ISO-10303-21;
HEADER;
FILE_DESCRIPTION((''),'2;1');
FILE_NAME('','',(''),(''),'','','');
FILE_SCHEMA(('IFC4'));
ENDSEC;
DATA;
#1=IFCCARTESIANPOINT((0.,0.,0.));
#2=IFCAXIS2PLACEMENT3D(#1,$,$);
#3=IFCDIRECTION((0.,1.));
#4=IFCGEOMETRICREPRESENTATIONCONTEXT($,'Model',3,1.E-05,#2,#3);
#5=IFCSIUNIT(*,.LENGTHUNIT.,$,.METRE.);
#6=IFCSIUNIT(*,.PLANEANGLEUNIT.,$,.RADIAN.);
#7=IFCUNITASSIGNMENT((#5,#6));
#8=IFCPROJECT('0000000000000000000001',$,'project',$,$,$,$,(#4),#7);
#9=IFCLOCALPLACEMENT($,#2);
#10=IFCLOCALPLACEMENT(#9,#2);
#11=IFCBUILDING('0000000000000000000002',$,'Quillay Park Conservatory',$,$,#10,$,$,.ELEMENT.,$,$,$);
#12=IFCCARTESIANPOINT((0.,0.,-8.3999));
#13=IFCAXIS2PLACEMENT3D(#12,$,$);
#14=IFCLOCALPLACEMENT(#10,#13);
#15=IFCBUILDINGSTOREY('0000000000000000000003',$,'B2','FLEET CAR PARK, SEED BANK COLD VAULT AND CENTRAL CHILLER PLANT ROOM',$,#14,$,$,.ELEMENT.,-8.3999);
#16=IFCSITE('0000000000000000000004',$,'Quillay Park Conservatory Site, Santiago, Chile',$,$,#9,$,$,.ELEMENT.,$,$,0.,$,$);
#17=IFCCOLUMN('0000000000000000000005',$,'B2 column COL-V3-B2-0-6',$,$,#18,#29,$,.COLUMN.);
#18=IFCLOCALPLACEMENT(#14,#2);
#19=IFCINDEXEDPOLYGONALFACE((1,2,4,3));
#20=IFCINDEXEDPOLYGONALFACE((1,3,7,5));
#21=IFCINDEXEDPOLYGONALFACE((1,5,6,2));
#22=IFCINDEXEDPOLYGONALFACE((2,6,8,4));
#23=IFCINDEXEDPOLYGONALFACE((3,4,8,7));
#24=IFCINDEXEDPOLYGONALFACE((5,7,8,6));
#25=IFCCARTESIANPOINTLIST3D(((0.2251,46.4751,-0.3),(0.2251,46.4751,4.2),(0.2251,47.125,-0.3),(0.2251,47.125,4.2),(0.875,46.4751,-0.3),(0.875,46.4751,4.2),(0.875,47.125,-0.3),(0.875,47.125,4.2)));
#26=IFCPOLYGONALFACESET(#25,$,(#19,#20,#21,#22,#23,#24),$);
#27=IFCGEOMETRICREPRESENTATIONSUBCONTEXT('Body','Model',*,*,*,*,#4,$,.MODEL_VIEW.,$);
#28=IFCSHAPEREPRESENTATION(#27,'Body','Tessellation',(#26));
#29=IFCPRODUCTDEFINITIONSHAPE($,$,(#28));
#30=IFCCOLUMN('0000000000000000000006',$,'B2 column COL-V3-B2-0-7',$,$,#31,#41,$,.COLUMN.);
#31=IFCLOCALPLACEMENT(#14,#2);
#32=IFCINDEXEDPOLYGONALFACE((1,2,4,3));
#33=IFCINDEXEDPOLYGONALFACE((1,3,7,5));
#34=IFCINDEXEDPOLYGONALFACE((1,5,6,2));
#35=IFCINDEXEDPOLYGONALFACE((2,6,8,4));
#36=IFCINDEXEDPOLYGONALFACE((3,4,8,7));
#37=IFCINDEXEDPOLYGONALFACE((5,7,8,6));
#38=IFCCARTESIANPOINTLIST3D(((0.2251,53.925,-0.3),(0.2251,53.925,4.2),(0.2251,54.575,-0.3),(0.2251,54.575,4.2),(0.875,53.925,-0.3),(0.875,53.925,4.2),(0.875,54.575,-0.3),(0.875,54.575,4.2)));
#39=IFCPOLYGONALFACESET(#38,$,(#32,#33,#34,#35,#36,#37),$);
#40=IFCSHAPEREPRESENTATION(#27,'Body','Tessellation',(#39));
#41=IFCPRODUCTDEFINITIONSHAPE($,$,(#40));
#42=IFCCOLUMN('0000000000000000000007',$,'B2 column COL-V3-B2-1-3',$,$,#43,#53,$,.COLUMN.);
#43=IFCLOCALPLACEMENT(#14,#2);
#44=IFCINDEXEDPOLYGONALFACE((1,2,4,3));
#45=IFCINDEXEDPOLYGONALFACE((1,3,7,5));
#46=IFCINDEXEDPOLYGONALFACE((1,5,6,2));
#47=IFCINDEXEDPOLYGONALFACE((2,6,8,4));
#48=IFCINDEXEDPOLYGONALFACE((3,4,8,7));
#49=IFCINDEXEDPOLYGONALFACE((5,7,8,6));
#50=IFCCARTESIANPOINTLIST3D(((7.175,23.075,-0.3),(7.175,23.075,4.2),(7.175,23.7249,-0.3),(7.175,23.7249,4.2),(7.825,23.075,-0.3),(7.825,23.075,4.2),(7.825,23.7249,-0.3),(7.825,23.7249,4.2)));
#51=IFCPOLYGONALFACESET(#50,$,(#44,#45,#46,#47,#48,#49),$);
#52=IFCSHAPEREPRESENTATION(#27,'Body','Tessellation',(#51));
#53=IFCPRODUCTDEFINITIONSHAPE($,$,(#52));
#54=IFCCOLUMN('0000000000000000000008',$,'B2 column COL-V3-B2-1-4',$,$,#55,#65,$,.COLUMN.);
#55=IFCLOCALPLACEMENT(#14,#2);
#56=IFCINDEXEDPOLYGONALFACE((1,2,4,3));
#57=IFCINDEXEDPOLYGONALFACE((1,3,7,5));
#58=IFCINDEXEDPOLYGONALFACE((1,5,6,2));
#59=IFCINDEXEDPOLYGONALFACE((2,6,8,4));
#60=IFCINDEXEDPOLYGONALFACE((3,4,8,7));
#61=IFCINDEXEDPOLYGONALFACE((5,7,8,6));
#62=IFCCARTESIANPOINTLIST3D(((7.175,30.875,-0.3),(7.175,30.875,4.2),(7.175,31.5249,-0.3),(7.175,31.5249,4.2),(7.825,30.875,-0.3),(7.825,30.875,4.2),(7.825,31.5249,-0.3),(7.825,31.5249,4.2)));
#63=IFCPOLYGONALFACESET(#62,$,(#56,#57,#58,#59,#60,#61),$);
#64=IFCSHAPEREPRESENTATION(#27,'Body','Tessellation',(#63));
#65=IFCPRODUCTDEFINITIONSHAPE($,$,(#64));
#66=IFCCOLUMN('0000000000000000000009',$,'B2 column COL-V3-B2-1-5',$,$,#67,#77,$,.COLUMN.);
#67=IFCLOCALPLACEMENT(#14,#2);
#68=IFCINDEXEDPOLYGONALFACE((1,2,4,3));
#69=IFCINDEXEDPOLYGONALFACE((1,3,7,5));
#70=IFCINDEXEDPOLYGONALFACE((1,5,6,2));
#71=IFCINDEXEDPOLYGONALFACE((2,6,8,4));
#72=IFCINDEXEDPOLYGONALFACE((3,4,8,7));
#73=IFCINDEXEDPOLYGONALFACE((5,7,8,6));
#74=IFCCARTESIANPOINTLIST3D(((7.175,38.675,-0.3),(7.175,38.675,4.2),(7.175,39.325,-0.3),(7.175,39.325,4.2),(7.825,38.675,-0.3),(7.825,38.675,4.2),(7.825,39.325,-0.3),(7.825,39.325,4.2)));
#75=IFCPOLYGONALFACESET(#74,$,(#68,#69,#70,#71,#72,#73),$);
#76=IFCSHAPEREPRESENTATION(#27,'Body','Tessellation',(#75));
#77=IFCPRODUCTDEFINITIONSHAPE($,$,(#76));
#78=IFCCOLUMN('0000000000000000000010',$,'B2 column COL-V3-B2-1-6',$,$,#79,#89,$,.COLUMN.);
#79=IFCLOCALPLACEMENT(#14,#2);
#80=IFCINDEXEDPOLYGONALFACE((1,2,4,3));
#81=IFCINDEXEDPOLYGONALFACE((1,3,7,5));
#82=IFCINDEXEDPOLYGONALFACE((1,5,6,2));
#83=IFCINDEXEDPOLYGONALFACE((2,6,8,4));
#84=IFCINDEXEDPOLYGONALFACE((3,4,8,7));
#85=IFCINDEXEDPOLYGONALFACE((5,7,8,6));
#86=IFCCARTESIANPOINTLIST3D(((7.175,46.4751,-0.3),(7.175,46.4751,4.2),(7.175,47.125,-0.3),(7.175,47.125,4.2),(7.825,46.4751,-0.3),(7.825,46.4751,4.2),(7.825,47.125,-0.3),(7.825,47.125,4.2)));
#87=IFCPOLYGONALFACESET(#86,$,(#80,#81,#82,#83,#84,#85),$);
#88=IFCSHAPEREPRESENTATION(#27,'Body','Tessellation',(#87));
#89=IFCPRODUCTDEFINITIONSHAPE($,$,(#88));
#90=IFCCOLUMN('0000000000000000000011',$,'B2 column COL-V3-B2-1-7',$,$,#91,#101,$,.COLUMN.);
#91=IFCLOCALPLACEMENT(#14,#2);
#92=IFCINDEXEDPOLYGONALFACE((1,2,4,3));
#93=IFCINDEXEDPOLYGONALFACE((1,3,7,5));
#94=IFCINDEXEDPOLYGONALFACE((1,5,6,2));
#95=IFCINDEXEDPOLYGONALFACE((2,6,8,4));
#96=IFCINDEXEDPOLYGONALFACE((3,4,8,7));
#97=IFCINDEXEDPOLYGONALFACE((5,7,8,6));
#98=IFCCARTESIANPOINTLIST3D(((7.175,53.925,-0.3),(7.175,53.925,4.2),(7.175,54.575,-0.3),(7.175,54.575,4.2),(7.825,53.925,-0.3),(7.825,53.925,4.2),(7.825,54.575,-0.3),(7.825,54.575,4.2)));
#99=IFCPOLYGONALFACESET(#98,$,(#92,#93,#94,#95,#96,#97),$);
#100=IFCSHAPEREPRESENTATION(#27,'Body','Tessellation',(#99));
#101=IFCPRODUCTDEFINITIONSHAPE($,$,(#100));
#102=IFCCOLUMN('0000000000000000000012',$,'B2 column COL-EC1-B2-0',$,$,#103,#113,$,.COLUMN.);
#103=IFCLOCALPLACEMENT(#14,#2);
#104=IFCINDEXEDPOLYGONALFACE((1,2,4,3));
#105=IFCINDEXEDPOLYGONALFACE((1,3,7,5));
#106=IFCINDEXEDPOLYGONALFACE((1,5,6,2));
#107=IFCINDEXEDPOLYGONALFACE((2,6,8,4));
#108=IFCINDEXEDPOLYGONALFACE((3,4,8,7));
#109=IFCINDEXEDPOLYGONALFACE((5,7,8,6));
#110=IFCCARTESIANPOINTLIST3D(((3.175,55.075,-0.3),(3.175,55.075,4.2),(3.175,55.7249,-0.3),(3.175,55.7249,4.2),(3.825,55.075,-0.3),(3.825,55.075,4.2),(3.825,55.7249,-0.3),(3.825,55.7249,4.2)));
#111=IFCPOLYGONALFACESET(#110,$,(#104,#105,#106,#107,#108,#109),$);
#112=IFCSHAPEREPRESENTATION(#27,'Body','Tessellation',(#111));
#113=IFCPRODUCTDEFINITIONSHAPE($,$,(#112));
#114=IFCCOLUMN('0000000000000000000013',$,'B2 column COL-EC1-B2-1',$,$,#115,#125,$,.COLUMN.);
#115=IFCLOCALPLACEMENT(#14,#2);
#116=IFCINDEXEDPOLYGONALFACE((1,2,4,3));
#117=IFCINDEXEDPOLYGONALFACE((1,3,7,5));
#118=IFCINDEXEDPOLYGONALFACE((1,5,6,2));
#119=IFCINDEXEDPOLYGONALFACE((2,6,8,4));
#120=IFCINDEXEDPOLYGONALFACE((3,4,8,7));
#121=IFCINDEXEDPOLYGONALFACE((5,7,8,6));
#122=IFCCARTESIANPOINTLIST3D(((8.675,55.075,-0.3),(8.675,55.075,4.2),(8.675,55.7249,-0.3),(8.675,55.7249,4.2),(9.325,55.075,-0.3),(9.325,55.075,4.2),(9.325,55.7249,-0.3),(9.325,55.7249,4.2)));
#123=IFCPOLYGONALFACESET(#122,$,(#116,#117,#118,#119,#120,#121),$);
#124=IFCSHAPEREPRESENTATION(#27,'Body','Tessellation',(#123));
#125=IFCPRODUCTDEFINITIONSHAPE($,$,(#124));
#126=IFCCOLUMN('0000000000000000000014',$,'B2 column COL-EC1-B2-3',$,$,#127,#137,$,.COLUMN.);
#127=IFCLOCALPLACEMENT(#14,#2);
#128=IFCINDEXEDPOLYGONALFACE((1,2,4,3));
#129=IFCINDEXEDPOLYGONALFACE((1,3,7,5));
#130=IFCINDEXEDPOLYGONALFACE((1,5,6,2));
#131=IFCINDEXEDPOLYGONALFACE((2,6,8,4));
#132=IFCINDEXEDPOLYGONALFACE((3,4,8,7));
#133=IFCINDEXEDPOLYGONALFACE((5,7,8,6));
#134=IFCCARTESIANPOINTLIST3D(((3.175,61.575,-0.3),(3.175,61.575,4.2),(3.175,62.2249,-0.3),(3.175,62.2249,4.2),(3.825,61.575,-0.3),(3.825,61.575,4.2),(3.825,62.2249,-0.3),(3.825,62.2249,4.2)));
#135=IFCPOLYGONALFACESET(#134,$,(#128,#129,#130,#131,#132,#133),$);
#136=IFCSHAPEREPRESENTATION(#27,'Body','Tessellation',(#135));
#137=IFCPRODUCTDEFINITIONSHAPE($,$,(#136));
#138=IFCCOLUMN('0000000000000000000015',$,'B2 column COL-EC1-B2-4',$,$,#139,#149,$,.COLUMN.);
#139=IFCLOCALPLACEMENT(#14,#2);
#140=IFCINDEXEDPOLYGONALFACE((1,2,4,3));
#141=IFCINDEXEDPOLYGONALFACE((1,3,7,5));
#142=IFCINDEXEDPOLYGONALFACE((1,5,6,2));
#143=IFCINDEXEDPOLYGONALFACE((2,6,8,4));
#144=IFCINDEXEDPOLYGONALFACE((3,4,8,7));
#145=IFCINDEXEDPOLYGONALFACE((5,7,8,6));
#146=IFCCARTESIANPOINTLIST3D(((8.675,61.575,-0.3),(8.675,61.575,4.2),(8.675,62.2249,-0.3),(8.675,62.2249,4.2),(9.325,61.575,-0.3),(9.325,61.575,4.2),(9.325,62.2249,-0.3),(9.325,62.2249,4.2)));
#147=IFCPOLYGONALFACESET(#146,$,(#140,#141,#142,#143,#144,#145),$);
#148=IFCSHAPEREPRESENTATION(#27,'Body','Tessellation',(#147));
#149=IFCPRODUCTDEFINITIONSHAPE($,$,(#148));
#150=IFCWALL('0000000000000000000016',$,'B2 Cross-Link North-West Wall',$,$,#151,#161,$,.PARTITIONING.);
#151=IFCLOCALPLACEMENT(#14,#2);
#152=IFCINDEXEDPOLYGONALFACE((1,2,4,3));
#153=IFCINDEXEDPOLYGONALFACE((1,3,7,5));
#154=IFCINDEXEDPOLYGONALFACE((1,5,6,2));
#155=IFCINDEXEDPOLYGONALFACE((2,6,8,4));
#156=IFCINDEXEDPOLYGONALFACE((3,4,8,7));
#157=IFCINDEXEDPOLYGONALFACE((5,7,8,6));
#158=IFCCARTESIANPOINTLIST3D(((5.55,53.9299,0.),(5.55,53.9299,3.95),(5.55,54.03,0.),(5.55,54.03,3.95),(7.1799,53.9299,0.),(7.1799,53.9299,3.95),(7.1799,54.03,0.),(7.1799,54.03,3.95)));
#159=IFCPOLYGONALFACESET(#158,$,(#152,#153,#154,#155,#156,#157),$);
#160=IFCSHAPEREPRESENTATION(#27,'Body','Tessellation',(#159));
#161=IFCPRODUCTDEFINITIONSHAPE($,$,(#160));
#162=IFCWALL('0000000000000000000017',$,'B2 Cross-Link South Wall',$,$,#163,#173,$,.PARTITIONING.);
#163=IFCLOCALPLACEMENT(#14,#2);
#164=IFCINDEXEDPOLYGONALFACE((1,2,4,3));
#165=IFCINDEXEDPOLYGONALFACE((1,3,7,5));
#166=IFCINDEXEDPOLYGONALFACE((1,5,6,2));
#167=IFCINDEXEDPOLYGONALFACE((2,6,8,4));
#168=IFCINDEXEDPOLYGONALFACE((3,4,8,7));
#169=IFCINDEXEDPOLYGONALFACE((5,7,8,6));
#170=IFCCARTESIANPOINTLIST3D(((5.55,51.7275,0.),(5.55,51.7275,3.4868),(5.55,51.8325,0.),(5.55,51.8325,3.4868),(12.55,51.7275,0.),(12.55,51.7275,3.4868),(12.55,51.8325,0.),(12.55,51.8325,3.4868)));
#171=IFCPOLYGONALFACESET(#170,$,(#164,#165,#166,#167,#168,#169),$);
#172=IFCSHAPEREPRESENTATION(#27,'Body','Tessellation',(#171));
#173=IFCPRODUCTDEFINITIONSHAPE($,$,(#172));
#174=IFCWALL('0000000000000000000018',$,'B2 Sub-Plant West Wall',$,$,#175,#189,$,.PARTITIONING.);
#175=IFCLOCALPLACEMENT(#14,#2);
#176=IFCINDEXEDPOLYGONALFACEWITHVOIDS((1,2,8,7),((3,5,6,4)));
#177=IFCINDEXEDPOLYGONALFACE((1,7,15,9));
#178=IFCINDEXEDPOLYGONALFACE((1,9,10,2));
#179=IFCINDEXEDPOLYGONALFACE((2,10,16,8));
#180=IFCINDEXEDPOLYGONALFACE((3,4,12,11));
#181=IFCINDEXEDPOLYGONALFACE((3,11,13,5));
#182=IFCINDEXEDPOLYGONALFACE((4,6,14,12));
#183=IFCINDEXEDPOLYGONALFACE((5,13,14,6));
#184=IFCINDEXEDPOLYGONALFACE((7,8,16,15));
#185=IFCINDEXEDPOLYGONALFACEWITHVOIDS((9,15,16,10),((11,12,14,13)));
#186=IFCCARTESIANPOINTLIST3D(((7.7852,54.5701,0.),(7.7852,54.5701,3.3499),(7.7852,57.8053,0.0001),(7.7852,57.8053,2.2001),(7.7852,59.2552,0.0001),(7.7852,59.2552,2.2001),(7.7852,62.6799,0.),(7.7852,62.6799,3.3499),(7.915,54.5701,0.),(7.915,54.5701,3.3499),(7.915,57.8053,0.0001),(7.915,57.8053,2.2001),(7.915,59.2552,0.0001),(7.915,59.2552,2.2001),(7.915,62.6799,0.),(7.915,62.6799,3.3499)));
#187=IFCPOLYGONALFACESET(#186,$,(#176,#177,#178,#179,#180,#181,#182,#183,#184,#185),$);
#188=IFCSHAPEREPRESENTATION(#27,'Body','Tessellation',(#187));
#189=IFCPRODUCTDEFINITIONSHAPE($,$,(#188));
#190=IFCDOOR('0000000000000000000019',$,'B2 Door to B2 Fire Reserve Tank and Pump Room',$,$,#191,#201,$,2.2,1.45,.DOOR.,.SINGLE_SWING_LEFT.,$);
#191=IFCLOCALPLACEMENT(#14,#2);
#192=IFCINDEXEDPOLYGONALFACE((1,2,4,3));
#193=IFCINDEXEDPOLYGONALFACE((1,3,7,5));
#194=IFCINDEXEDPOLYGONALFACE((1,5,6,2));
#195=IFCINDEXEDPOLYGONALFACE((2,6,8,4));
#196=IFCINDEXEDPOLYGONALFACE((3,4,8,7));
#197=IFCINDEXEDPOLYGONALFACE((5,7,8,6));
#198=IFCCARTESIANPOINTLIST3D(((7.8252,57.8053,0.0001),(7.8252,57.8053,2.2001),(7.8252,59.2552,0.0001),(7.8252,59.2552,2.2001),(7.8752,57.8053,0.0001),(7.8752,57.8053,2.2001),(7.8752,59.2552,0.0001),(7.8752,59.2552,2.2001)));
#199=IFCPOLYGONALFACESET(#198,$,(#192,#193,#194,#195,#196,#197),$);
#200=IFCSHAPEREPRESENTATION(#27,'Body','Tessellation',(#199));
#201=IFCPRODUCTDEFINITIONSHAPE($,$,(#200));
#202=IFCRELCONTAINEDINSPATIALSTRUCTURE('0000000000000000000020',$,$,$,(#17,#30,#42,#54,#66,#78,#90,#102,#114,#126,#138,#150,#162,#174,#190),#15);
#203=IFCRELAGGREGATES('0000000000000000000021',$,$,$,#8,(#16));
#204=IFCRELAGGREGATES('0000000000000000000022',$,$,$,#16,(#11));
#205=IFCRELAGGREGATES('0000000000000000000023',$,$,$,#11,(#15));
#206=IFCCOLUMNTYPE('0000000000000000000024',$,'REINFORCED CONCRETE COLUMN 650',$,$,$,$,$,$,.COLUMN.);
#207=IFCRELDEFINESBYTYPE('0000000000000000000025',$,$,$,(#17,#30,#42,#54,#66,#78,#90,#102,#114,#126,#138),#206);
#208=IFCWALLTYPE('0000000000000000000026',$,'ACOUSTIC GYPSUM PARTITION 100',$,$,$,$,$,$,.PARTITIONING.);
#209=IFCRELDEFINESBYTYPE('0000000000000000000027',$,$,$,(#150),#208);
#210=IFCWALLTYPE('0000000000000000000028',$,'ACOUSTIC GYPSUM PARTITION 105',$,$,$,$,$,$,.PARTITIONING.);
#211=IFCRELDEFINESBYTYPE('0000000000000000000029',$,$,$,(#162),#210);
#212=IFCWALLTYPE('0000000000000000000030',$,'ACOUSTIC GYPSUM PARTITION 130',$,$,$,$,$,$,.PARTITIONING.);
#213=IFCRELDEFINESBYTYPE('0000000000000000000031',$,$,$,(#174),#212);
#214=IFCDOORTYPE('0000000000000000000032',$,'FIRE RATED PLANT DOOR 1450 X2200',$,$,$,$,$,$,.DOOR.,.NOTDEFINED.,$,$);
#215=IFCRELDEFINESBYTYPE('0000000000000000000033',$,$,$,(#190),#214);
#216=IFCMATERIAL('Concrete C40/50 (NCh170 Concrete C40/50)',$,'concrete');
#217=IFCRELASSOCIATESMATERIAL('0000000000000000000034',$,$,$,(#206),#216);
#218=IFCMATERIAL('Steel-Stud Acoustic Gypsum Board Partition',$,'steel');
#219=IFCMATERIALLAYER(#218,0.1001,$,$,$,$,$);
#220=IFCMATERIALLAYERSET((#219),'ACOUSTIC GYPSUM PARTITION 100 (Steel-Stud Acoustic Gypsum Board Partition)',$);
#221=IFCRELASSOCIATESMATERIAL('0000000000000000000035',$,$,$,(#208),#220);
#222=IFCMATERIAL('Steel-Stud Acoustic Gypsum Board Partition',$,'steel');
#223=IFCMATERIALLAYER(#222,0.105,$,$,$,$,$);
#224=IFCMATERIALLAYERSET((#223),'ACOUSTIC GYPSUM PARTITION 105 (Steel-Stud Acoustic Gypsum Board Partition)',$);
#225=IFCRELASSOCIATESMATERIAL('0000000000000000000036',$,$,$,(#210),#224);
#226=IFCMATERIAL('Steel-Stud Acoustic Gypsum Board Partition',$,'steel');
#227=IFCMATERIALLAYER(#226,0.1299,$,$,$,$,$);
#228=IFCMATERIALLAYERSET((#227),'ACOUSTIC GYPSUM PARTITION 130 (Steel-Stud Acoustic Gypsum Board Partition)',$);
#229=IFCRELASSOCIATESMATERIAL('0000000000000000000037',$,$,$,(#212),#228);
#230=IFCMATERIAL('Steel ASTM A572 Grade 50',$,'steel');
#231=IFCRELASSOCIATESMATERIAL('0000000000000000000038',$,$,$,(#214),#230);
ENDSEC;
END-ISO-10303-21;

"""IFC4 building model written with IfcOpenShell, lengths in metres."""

from ifc_helpers import new_model, si_unit, direction, frame, frame_2d, origin, origin_2d, place, context, subcontext, project, spatial, rectangle, extrude, material, layer, layer_set, material_profile, profile_set, type_object, element, fill, save


model = new_model("IFC4")

# Units and contexts
model_context = context("Model", 3, precision=1e-05, world=origin(), true_north=direction((0.0, 1.0)))
body_context = subcontext(model_context, "Body", "Model", "MODEL_VIEW")
ifc_project = project(units=[si_unit("LENGTHUNIT", "METRE"), si_unit("PLANEANGLEUNIT", "RADIAN")], contexts=[model_context])

# Site, building, storey
site_placement = place(None, origin())
site = spatial("IfcSite", under=ifc_project, at=site_placement, Name="Quillay Park Conservatory Site, Santiago, Chile", CompositionType="ELEMENT", RefElevation=0.0)
building_placement = place(site_placement, origin())
building = spatial("IfcBuilding", under=site, at=building_placement, Name="Quillay Park Conservatory", CompositionType="ELEMENT")
storey_placement = place(building_placement, frame((0.0, 0.0, -8.3999)))
storey = spatial("IfcBuildingStorey", under=building, at=storey_placement, Name="B2", Description="FLEET CAR PARK, SEED BANK COLD VAULT AND CENTRAL CHILLER PLANT ROOM", CompositionType="ELEMENT", Elevation=-8.3999)

# Columns
ifc_material_1 = material(Name="Concrete C40/50 (NCh170 Concrete C40/50)", Category="concrete")
ifc_material_profile_1 = material_profile(ifc_material_1, rectangle(XDim=0.6499, YDim=0.6499, at=origin_2d()), Name="RC650x650")
ifc_profile_set_1 = profile_set([ifc_material_profile_1], Name="Concrete C40/50 (NCh170 Concrete C40/50)")
column_type = type_object("IfcColumnType", Name="REINFORCED CONCRETE COLUMN 650", PredefinedType="COLUMN", material=ifc_profile_set_1)
for number, where, z_axis, x_axis, name in (
    (1, (0.55, 46.8, -0.3), (0.0, 0.0, 1.0), (1.0, 0.0, 0.0), "B2 column COL-V3-B2-0-6"),
    (2, (0.55, 54.25, -0.3), (0.0, 0.0, 1.0), (1.0, 0.0, 0.0), "B2 column COL-V3-B2-0-7"),
    (3, (7.5, 23.3999, -0.3), (0.0, 0.0, 1.0), (1.0, 0.0, 0.0), "B2 column COL-V3-B2-1-3"),
    (4, (7.5, 31.2, -0.3), (0.0, 0.0, 1.0), (1.0, 0.0, 0.0), "B2 column COL-V3-B2-1-4"),
    (5, (7.5, 39.0, -0.3), (0.0, 0.0, 1.0), (1.0, 0.0, 0.0), "B2 column COL-V3-B2-1-5"),
    (6, (7.5, 46.8, -0.3), (0.0, 0.0, 1.0), (1.0, 0.0, 0.0), "B2 column COL-V3-B2-1-6"),
    (7, (7.5, 54.25, -0.3), (0.0, 0.0, 1.0), (1.0, 0.0, 0.0), "B2 column COL-V3-B2-1-7"),
    (8, (3.5, 55.3999, -0.3), (0.0, 0.0, 1.0), (1.0, 0.0, 0.0), "B2 column COL-EC1-B2-0"),
    (9, (9.0, 55.3999, -0.3), (0.0, 0.0, 1.0), (1.0, 0.0, 0.0), "B2 column COL-EC1-B2-1"),
    (10, (3.5, 61.8999, -0.3), (0.0, 0.0, 1.0), (1.0, 0.0, 0.0), "B2 column COL-EC1-B2-3"),
    (11, (9.0, 61.8999, -0.3), (0.0, 0.0, 1.0), (1.0, 0.0, 0.0), "B2 column COL-EC1-B2-4"),
):
    element("IfcColumn", number, at=place(storey_placement, frame(where, z_axis=z_axis, x_axis=x_axis)), inside=storey, type_object=column_type, Name=name, PredefinedType="COLUMN", context=body_context, shape_type="SweptSolid", body=[
        extrude(rectangle(XDim=0.6499, YDim=0.6499, at=origin_2d()), origin(), (0.0, 0.0, 1.0), 4.5),
    ])

# Walls
ifc_material_2 = material(Name="Steel-Stud Acoustic Gypsum Board Partition", Category="steel")
ifc_layer_1 = layer(ifc_material_2, 0.1001)
ifc_layer_set_1 = layer_set([ifc_layer_1], Name="ACOUSTIC GYPSUM PARTITION 100 (Steel-Stud Acoustic Gypsum Board Partition)")
wall_type_1 = type_object("IfcWallType", Name="ACOUSTIC GYPSUM PARTITION 100", PredefinedType="PARTITIONING", material=ifc_layer_set_1)
wall_1_placement = place(storey_placement, frame((5.55, 53.98, 0.0), z_axis=(0.0, 0.0, 1.0), x_axis=(1.0, 0.0, 0.0)))
element("IfcWall", 12, at=wall_1_placement, inside=storey, type_object=wall_type_1, Name="B2 Cross-Link North-West Wall", PredefinedType="PARTITIONING", context=body_context, shape_type="SweptSolid", body=[
    extrude(rectangle(XDim=1.6299, YDim=0.1001, at=frame_2d((0.8149, 0.0))), origin(), (0.0, 0.0, 1.0), 3.95),
])
ifc_material_3 = material(Name="Steel-Stud Acoustic Gypsum Board Partition", Category="steel")
ifc_layer_2 = layer(ifc_material_3, 0.105)
ifc_layer_set_2 = layer_set([ifc_layer_2], Name="ACOUSTIC GYPSUM PARTITION 105 (Steel-Stud Acoustic Gypsum Board Partition)")
wall_type_2 = type_object("IfcWallType", Name="ACOUSTIC GYPSUM PARTITION 105", PredefinedType="PARTITIONING", material=ifc_layer_set_2)
wall_2_placement = place(storey_placement, frame((5.55, 51.78, 0.0), z_axis=(0.0, 0.0, 1.0), x_axis=(1.0, 0.0, 0.0)))
element("IfcWall", 13, at=wall_2_placement, inside=storey, type_object=wall_type_2, Name="B2 Cross-Link South Wall", PredefinedType="PARTITIONING", context=body_context, shape_type="SweptSolid", body=[
    extrude(rectangle(XDim=7.0, YDim=0.105, at=frame_2d((3.5, 0.0))), origin(), (0.0, 0.0, 1.0), 3.4868),
])

# Wall, opening, door
ifc_material_4 = material(Name="Steel-Stud Acoustic Gypsum Board Partition", Category="steel")
ifc_layer_3 = layer(ifc_material_4, 0.1299)
ifc_layer_set_3 = layer_set([ifc_layer_3], Name="ACOUSTIC GYPSUM PARTITION 130 (Steel-Stud Acoustic Gypsum Board Partition)")
wall_type_3 = type_object("IfcWallType", Name="ACOUSTIC GYPSUM PARTITION 130", PredefinedType="PARTITIONING", material=ifc_layer_set_3)
wall_3_placement = place(storey_placement, frame((7.8501, 54.5701, 0.0), z_axis=(0.0, 0.0, 1.0), x_axis=(0.0, 1.0, 0.0)))
wall_3 = element("IfcWall", 14, at=wall_3_placement, inside=storey, type_object=wall_type_3, Name="B2 Sub-Plant West Wall", PredefinedType="PARTITIONING", context=body_context, shape_type="SweptSolid", body=[
    extrude(rectangle(XDim=8.1099, YDim=0.1299, at=frame_2d((4.0549, 0.0))), origin(), (0.0, 0.0, 1.0), 3.3499),
])
opening_1_placement = place(wall_3_placement, frame((3.2351, 0.0, 0.0)))
opening_1 = element("IfcOpeningElement", 15, at=opening_1_placement, cuts=wall_3, PredefinedType="OPENING", context=body_context, shape_type="SweptSolid", body=[
    extrude(rectangle(XDim=1.45, YDim=2.2, at=frame_2d((0.7251, 1.1001))), frame((0.0, 0.0649, 0.0), z_axis=(0.0, -1.0, 0.0), x_axis=(1.0, 0.0, 0.0)), (0.0, 0.0, 1.0), 0.1299),
])
ifc_material_5 = material(Name="Steel ASTM A572 Grade 50", Category="steel")
door_type_1 = type_object("IfcDoorType", Name="FIRE RATED PLANT DOOR 1450 X2200", OperationType="NOTDEFINED", PredefinedType="DOOR", material=ifc_material_5)
door_1_placement = place(opening_1_placement, origin())
door_1 = element("IfcDoor", 16, at=door_1_placement, inside=storey, type_object=door_type_1, Name="B2 Door to B2 Fire Reserve Tank and Pump Room", OperationType="SINGLE_SWING_LEFT", OverallHeight=2.2, OverallWidth=1.45, PredefinedType="DOOR", context=body_context, shape_type="SweptSolid", body=[
    extrude(rectangle(XDim=1.45, YDim=2.2, at=frame_2d((0.7251, 1.1001))), frame((0.0, 0.0249, 0.0), z_axis=(0.0, -1.0, 0.0), x_axis=(1.0, 0.0, 0.0)), (0.0, 0.0, 1.0), 0.05),
])
fill(opening_1, door_1)

save(model, "model.ifc")
